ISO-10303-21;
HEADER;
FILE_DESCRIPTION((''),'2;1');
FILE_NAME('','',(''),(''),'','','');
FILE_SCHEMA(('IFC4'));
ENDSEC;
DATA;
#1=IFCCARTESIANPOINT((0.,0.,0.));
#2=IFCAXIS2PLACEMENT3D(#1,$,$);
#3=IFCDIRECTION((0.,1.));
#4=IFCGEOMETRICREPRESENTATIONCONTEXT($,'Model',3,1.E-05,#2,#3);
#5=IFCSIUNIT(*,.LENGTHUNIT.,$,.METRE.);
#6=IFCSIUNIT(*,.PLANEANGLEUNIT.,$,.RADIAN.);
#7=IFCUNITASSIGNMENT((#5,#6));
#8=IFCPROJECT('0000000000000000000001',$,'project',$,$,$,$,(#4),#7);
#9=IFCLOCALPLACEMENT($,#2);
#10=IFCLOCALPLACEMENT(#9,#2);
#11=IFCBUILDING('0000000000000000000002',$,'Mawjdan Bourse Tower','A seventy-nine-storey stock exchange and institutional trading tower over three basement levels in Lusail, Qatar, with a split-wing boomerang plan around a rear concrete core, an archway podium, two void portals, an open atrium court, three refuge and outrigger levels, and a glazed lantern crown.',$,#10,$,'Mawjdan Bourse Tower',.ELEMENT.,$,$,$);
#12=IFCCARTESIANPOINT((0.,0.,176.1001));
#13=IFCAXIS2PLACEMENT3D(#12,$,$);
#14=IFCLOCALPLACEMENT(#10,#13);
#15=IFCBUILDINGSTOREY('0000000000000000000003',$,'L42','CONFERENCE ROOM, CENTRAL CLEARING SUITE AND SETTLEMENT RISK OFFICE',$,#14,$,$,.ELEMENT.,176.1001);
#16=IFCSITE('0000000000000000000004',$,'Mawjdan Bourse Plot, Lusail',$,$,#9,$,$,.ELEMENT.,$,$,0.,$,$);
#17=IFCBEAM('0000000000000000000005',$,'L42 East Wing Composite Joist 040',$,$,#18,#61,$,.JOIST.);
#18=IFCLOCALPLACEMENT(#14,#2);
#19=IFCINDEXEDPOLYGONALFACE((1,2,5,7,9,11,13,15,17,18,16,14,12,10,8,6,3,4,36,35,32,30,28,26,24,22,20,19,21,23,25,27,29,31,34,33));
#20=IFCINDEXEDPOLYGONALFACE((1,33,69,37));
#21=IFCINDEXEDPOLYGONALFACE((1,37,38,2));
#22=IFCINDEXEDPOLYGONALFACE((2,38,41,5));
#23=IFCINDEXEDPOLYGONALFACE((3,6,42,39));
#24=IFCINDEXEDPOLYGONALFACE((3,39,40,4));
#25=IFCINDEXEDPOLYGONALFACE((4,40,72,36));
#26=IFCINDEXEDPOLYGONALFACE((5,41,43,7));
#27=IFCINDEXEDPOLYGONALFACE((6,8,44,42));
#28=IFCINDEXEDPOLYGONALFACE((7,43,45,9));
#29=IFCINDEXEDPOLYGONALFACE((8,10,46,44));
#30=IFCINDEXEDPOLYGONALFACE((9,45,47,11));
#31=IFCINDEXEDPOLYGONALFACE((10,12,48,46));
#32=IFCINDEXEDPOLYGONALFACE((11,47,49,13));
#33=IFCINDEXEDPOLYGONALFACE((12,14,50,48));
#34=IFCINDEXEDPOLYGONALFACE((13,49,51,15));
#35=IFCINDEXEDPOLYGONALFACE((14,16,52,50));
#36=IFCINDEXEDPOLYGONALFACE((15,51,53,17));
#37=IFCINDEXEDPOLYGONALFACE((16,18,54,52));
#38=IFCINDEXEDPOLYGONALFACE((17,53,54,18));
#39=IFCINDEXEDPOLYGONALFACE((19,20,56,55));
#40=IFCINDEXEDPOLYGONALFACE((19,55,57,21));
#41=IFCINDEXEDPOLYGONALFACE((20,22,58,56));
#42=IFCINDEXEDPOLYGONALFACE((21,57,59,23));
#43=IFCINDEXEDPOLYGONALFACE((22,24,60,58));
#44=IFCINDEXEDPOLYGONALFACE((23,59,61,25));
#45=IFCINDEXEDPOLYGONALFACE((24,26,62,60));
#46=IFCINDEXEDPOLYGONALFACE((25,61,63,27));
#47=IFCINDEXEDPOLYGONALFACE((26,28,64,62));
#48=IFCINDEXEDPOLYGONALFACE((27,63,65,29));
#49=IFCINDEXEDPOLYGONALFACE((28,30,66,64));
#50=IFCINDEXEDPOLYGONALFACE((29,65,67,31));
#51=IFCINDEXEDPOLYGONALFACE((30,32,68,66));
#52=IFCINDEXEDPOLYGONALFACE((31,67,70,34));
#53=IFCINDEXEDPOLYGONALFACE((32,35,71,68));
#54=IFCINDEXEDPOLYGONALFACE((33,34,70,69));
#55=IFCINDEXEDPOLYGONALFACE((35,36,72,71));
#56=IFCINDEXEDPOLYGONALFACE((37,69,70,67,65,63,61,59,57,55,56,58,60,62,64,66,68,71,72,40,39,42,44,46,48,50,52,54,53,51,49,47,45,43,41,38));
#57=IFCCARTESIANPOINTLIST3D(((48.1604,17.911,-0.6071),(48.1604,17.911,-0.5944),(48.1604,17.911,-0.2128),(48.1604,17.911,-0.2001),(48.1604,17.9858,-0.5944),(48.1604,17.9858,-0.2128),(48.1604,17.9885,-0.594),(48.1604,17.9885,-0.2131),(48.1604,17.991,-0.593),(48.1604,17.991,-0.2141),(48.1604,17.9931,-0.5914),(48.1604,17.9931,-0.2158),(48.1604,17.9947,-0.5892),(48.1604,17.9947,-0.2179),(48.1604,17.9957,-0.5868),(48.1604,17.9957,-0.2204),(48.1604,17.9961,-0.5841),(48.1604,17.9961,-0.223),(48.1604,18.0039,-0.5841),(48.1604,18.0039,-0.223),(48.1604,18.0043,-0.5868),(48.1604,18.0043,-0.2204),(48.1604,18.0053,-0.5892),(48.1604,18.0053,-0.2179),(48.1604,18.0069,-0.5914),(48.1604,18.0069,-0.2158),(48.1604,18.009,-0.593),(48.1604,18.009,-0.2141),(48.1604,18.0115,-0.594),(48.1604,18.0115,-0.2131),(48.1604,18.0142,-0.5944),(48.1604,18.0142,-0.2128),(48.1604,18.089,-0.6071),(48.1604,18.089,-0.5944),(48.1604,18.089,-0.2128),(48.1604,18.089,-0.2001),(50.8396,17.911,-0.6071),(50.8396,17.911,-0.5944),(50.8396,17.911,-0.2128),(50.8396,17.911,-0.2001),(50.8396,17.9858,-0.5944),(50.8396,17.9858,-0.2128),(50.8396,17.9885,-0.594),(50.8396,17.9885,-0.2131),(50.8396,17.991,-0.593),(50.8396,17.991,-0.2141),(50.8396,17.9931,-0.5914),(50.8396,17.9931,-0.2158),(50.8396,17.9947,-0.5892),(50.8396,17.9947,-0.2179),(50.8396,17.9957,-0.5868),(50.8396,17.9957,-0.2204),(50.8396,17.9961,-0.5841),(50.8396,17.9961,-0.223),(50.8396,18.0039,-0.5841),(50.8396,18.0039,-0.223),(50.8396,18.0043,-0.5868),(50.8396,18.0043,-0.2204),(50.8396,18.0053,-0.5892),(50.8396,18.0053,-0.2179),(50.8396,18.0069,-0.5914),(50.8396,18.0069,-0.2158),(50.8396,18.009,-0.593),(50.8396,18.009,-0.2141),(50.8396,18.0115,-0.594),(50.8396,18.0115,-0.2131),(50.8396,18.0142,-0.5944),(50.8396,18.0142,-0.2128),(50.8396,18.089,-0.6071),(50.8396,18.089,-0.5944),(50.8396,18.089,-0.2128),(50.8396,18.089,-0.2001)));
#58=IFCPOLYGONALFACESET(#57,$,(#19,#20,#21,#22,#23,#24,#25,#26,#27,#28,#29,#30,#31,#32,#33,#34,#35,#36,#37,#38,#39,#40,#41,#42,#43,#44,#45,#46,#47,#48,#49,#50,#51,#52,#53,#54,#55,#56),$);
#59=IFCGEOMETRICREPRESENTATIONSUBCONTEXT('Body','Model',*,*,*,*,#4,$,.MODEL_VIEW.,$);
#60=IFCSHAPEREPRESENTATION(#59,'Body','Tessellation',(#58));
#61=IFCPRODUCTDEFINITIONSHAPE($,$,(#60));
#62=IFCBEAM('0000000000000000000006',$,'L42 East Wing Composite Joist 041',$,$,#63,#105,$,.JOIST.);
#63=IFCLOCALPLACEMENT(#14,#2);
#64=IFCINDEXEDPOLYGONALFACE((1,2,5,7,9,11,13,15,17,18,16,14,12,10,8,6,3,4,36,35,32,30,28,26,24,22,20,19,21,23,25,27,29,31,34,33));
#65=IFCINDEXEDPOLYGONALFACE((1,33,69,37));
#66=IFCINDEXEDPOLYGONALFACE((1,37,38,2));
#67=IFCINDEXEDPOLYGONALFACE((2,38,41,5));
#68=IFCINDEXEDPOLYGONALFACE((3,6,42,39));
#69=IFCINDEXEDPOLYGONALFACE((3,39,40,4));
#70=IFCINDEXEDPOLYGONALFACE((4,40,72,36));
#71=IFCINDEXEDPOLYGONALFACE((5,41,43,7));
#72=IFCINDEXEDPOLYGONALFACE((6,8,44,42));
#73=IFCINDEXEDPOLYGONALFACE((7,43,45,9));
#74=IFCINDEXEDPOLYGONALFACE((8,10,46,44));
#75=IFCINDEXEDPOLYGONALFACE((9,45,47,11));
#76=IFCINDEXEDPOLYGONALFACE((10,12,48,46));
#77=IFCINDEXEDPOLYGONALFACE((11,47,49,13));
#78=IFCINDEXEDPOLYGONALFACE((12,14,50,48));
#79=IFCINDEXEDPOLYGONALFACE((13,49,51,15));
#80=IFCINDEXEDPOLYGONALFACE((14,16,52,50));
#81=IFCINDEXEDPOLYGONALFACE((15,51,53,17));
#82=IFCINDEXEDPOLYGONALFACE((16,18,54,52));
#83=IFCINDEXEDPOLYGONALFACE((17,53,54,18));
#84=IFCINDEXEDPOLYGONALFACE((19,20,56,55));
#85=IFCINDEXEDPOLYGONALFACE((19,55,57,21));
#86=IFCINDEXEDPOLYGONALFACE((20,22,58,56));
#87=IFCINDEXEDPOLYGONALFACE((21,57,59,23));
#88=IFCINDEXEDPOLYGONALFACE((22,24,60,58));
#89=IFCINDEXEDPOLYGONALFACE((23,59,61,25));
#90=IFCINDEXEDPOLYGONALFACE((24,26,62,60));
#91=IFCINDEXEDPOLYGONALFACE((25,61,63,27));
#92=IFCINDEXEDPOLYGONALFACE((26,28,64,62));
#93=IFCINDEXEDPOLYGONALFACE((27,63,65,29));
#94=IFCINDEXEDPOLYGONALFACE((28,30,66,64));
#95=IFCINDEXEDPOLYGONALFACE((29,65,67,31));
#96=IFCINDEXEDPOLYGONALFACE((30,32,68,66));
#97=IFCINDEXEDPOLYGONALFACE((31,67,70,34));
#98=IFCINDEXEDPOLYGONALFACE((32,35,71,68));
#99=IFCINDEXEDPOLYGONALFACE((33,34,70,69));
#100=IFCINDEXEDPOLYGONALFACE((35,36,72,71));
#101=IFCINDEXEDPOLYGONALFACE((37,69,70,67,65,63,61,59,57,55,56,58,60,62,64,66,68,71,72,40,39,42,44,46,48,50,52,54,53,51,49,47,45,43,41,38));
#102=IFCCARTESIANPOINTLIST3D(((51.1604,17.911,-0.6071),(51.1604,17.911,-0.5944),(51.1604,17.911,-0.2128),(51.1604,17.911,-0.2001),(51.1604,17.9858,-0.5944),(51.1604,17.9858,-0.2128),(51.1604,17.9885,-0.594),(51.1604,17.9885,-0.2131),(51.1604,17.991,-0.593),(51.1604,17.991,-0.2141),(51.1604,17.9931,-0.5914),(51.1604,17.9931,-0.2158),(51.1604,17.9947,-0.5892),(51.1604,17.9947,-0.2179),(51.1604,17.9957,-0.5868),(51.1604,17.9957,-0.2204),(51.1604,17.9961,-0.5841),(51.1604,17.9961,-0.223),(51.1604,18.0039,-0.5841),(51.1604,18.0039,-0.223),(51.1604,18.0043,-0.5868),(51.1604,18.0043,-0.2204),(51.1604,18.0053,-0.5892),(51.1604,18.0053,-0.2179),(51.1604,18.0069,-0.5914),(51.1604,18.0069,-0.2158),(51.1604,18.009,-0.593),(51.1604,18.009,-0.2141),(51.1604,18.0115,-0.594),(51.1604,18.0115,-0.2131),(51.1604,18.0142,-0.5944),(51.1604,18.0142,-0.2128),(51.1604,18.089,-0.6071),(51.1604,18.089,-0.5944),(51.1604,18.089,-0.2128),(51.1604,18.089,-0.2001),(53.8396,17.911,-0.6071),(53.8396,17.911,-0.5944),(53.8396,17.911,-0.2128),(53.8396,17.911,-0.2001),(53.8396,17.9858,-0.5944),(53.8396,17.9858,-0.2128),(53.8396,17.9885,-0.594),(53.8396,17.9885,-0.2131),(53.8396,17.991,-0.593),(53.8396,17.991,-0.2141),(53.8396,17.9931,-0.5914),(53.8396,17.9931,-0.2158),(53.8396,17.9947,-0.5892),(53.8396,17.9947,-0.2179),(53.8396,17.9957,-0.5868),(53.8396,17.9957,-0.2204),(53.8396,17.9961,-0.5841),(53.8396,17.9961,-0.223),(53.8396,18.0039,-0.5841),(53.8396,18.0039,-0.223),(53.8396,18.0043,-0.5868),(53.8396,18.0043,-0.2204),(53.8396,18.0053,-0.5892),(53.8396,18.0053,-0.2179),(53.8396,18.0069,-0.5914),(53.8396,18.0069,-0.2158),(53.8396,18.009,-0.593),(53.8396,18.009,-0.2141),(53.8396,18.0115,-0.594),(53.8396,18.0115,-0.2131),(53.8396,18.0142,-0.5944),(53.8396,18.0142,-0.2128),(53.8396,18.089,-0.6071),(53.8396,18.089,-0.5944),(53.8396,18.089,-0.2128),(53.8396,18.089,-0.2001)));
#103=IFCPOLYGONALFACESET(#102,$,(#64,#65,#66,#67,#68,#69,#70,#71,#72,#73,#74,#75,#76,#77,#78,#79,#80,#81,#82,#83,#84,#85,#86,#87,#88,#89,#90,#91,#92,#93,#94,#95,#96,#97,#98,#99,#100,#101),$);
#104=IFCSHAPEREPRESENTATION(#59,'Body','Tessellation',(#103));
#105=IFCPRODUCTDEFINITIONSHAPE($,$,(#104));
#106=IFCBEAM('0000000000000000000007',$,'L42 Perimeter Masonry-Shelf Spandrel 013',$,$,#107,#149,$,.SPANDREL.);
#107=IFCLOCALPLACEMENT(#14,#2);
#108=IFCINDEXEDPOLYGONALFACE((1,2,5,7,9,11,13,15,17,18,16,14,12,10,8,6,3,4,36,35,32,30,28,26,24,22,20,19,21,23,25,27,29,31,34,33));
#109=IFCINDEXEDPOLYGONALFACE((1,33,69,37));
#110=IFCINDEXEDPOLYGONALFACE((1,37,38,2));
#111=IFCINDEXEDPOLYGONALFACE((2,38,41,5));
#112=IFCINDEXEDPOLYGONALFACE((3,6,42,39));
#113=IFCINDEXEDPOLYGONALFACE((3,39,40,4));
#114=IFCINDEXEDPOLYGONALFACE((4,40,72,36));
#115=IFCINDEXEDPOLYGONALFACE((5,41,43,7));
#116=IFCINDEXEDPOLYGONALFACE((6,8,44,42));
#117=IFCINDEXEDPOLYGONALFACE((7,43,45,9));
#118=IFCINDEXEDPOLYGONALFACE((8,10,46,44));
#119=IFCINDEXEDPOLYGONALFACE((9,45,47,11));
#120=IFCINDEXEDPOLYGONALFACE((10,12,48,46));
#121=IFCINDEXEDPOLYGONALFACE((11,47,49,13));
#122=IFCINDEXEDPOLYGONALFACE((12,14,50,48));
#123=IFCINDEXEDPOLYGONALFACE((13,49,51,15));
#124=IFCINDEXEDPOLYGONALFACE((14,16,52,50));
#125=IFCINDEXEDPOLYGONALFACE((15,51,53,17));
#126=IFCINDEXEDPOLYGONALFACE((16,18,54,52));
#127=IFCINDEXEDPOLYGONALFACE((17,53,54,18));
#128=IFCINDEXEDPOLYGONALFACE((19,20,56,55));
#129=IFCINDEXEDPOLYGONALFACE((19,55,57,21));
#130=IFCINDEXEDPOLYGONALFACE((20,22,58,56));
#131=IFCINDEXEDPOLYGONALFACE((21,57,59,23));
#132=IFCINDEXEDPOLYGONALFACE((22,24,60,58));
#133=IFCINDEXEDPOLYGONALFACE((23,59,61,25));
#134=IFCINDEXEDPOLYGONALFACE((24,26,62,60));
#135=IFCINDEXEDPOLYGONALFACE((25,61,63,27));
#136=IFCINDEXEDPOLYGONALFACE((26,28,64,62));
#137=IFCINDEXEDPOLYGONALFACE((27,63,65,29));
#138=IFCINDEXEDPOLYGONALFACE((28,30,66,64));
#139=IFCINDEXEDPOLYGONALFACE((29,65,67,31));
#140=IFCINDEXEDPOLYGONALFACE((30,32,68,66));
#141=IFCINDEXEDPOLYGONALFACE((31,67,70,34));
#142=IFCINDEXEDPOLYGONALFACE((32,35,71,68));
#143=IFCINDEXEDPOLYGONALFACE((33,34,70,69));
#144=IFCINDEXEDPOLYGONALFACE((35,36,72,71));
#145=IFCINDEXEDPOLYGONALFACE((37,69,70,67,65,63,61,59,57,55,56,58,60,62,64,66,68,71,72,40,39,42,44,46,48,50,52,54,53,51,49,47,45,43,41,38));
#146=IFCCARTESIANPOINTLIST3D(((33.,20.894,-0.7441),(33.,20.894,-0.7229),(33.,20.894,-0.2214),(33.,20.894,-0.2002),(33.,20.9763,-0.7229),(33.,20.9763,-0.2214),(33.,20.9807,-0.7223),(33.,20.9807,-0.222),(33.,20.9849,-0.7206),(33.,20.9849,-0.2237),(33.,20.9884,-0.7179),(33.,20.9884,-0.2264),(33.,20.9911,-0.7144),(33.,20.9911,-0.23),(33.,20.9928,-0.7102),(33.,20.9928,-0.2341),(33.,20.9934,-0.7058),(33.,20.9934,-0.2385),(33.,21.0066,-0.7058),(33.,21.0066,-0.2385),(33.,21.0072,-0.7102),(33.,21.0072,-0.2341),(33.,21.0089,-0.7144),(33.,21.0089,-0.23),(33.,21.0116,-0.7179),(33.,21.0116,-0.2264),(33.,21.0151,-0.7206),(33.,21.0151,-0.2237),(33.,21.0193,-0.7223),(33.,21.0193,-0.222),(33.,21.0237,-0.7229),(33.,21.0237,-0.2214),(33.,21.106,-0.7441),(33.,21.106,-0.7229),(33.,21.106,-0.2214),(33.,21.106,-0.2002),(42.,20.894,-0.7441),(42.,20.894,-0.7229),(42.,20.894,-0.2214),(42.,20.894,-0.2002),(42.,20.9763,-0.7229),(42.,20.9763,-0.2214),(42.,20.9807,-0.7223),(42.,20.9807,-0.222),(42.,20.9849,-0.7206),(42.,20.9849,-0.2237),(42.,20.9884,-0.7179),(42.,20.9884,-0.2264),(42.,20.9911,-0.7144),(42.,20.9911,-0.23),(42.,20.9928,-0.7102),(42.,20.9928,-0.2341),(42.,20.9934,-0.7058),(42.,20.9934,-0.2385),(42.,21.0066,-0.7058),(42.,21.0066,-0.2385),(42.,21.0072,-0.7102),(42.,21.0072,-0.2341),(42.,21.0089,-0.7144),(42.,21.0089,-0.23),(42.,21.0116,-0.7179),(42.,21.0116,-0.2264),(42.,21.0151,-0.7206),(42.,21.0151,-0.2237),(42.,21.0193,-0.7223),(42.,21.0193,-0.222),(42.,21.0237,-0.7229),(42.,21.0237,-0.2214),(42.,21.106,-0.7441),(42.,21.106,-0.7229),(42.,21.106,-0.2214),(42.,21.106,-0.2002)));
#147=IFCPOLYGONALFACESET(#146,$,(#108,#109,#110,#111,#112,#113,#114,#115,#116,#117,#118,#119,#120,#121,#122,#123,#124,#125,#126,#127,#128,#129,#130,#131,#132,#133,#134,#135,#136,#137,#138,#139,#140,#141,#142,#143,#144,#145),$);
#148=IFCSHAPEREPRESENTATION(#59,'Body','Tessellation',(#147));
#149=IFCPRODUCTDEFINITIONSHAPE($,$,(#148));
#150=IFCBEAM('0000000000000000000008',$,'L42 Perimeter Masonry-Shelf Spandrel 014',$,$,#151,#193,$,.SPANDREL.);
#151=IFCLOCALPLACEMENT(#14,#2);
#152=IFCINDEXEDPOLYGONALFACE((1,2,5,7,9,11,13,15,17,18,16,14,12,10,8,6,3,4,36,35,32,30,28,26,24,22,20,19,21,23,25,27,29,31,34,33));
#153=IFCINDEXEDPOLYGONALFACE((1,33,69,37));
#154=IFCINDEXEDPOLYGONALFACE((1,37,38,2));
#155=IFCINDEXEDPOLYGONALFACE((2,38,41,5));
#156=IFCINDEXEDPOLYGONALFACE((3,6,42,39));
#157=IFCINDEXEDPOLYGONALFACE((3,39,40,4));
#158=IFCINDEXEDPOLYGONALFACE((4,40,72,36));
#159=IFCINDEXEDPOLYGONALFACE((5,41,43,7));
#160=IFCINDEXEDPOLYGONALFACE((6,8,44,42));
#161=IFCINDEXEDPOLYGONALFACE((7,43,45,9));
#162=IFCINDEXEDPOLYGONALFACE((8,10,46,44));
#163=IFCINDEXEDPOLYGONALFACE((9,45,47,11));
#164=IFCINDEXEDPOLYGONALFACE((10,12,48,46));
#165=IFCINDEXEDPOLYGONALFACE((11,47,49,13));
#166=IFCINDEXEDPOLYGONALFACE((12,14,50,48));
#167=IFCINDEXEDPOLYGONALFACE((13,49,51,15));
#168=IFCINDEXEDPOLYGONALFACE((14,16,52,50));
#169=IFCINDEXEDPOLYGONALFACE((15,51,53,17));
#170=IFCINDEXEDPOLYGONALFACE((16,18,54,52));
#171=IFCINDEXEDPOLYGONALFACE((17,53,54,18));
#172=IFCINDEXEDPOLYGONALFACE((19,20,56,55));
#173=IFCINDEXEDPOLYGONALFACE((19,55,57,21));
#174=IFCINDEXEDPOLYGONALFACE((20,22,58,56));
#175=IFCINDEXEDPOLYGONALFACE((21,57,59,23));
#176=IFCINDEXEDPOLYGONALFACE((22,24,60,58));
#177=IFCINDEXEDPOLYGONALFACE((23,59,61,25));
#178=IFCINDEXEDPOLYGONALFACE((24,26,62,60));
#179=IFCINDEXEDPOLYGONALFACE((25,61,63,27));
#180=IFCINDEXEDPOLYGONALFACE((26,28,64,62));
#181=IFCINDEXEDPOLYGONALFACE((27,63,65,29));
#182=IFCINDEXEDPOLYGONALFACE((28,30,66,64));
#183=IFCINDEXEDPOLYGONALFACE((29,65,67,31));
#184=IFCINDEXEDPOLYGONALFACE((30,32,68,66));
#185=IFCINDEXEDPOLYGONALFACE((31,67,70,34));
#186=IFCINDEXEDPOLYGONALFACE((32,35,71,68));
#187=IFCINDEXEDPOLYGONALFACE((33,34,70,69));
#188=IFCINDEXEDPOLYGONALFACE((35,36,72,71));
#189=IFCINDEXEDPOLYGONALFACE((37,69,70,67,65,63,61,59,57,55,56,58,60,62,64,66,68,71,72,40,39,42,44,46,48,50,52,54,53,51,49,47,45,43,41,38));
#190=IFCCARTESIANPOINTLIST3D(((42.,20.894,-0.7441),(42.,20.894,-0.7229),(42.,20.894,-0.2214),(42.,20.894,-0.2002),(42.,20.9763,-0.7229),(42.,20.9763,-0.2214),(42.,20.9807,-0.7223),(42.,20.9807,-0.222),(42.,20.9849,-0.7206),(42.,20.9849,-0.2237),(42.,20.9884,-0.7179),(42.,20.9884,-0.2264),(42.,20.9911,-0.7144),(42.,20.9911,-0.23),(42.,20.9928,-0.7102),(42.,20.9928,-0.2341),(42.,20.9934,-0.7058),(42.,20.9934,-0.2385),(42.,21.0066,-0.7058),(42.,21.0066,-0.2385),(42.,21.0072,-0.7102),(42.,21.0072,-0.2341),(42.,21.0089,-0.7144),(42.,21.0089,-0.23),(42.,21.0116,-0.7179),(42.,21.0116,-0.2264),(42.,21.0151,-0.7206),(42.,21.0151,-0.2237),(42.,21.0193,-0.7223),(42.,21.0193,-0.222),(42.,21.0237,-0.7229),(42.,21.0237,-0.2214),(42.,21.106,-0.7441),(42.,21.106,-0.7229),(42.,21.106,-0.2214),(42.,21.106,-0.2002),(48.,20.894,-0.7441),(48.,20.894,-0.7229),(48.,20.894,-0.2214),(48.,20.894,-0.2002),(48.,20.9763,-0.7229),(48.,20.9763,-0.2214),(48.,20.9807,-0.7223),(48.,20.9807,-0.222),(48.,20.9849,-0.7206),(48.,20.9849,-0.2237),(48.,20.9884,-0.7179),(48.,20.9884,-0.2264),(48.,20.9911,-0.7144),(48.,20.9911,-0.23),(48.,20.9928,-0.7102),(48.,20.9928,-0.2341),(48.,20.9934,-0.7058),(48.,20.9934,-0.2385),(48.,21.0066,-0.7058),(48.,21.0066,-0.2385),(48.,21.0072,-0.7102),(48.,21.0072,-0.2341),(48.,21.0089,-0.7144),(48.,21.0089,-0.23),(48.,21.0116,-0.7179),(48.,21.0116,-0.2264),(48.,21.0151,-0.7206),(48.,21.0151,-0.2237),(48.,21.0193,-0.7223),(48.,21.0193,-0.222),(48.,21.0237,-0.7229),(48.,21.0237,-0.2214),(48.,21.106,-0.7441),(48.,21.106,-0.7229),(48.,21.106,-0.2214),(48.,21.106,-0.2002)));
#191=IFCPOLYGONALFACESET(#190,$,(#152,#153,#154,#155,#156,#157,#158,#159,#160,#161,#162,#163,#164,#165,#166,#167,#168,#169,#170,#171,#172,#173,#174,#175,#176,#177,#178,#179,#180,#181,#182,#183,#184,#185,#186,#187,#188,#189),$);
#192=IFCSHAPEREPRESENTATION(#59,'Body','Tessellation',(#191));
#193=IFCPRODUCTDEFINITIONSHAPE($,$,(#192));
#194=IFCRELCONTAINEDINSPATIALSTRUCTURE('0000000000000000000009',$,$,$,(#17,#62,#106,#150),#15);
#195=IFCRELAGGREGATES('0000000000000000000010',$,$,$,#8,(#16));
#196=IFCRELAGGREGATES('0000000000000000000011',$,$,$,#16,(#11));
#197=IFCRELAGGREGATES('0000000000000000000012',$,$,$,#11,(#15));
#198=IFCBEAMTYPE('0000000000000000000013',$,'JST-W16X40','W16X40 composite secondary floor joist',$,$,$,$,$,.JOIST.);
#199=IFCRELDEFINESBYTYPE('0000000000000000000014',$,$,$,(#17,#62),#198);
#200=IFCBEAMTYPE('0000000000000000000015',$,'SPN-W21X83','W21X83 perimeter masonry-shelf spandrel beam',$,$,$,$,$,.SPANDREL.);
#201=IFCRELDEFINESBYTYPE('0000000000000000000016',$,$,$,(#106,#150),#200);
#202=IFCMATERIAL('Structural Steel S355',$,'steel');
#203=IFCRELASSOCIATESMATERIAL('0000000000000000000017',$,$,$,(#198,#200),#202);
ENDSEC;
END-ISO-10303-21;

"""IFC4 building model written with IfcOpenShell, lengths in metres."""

from ifc_helpers import new_model, si_unit, direction, frame, origin, origin_2d, place, context, subcontext, project, spatial, i_section, extrude, material, material_profile, profile_set, type_object, element, save


model = new_model("IFC4")

# Units and contexts
model_context = context("Model", 3, precision=1e-05, world=origin(), true_north=direction((0.0, 1.0)))
body_context = subcontext(model_context, "Body", "Model", "MODEL_VIEW")
ifc_project = project(units=[si_unit("LENGTHUNIT", "METRE"), si_unit("PLANEANGLEUNIT", "RADIAN")], contexts=[model_context])

# Site, building, storey
site_placement = place(None, origin())
site = spatial("IfcSite", under=ifc_project, at=site_placement, Name="Mawjdan Bourse Plot, Lusail", CompositionType="ELEMENT", RefElevation=0.0)
building_placement = place(site_placement, origin())
building = spatial("IfcBuilding", under=site, at=building_placement, Name="Mawjdan Bourse Tower", Description="A seventy-nine-storey stock exchange and institutional trading tower over three basement levels in Lusail, Qatar, with a split-wing boomerang plan around a rear concrete core, an archway podium, two void portals, an open atrium court, three refuge and outrigger levels, and a glazed lantern crown.", LongName="Mawjdan Bourse Tower", CompositionType="ELEMENT")
storey_placement = place(building_placement, frame((0.0, 0.0, 176.1001)))
storey = spatial("IfcBuildingStorey", under=building, at=storey_placement, Name="L42", Description="CONFERENCE ROOM, CENTRAL CLEARING SUITE AND SETTLEMENT RISK OFFICE", CompositionType="ELEMENT", Elevation=176.1001)

# Beams
ifc_material_1 = material(Name="Structural Steel S355", Category="steel")
ifc_material_profile_1 = material_profile(ifc_material_1, i_section(OverallWidth=0.178, OverallDepth=0.407, WebThickness=0.0078, FlangeThickness=0.0127, FilletRadius=0.0103, at=origin_2d()), Name="W16X40")
ifc_profile_set_1 = profile_set([ifc_material_profile_1], Name="Structural Steel S355")
beam_type_1 = type_object("IfcBeamType", Name="JST-W16X40", Description="W16X40 composite secondary floor joist", PredefinedType="JOIST", material=ifc_profile_set_1)
for number, where, z_axis, x_axis, name in (
    (1, (48.1604, 18.0, -0.4036), (1.0, 0.0, 0.0), (0.0, 1.0, 0.0), "L42 East Wing Composite Joist 040"),
    (2, (51.1604, 18.0, -0.4036), (1.0, 0.0, 0.0), (0.0, 1.0, 0.0), "L42 East Wing Composite Joist 041"),
):
    element("IfcBeam", number, at=place(storey_placement, frame(where, z_axis=z_axis, x_axis=x_axis)), inside=storey, type_object=beam_type_1, Name=name, PredefinedType="JOIST", context=body_context, shape_type="SweptSolid", body=[
        extrude(i_section(OverallWidth=0.178, OverallDepth=0.407, WebThickness=0.0078, FlangeThickness=0.0127, FilletRadius=0.0103, at=origin_2d()), origin(), (0.0, 0.0, 1.0), 2.6792),
    ])
ifc_material_profile_2 = material_profile(ifc_material_1, i_section(OverallWidth=0.2119, OverallDepth=0.5439, WebThickness=0.0132, FlangeThickness=0.0212, FilletRadius=0.0171, at=origin_2d()), Name="W21X83")
ifc_profile_set_2 = profile_set([ifc_material_profile_2], Name="Structural Steel S355")
beam_type_2 = type_object("IfcBeamType", Name="SPN-W21X83", Description="W21X83 perimeter masonry-shelf spandrel beam", PredefinedType="SPANDREL", material=ifc_profile_set_2)
beam_1_placement = place(storey_placement, frame((33.0, 21.0, -0.4722), z_axis=(1.0, 0.0, 0.0), x_axis=(0.0, 1.0, 0.0)))
element("IfcBeam", 3, at=beam_1_placement, inside=storey, type_object=beam_type_2, Name="L42 Perimeter Masonry-Shelf Spandrel 013", PredefinedType="SPANDREL", context=body_context, shape_type="SweptSolid", body=[
    extrude(i_section(OverallWidth=0.2119, OverallDepth=0.5439, WebThickness=0.0132, FlangeThickness=0.0212, FilletRadius=0.0171, at=origin_2d()), origin(), (0.0, 0.0, 1.0), 9.0),
])
beam_2_placement = place(storey_placement, frame((42.0, 21.0, -0.4722), z_axis=(1.0, 0.0, 0.0), x_axis=(0.0, 1.0, 0.0)))
element("IfcBeam", 4, at=beam_2_placement, inside=storey, type_object=beam_type_2, Name="L42 Perimeter Masonry-Shelf Spandrel 014", PredefinedType="SPANDREL", context=body_context, shape_type="SweptSolid", body=[
    extrude(i_section(OverallWidth=0.2119, OverallDepth=0.5439, WebThickness=0.0132, FlangeThickness=0.0212, FilletRadius=0.0171, at=origin_2d()), origin(), (0.0, 0.0, 1.0), 6.0),
])

save(model, "model.ifc")
